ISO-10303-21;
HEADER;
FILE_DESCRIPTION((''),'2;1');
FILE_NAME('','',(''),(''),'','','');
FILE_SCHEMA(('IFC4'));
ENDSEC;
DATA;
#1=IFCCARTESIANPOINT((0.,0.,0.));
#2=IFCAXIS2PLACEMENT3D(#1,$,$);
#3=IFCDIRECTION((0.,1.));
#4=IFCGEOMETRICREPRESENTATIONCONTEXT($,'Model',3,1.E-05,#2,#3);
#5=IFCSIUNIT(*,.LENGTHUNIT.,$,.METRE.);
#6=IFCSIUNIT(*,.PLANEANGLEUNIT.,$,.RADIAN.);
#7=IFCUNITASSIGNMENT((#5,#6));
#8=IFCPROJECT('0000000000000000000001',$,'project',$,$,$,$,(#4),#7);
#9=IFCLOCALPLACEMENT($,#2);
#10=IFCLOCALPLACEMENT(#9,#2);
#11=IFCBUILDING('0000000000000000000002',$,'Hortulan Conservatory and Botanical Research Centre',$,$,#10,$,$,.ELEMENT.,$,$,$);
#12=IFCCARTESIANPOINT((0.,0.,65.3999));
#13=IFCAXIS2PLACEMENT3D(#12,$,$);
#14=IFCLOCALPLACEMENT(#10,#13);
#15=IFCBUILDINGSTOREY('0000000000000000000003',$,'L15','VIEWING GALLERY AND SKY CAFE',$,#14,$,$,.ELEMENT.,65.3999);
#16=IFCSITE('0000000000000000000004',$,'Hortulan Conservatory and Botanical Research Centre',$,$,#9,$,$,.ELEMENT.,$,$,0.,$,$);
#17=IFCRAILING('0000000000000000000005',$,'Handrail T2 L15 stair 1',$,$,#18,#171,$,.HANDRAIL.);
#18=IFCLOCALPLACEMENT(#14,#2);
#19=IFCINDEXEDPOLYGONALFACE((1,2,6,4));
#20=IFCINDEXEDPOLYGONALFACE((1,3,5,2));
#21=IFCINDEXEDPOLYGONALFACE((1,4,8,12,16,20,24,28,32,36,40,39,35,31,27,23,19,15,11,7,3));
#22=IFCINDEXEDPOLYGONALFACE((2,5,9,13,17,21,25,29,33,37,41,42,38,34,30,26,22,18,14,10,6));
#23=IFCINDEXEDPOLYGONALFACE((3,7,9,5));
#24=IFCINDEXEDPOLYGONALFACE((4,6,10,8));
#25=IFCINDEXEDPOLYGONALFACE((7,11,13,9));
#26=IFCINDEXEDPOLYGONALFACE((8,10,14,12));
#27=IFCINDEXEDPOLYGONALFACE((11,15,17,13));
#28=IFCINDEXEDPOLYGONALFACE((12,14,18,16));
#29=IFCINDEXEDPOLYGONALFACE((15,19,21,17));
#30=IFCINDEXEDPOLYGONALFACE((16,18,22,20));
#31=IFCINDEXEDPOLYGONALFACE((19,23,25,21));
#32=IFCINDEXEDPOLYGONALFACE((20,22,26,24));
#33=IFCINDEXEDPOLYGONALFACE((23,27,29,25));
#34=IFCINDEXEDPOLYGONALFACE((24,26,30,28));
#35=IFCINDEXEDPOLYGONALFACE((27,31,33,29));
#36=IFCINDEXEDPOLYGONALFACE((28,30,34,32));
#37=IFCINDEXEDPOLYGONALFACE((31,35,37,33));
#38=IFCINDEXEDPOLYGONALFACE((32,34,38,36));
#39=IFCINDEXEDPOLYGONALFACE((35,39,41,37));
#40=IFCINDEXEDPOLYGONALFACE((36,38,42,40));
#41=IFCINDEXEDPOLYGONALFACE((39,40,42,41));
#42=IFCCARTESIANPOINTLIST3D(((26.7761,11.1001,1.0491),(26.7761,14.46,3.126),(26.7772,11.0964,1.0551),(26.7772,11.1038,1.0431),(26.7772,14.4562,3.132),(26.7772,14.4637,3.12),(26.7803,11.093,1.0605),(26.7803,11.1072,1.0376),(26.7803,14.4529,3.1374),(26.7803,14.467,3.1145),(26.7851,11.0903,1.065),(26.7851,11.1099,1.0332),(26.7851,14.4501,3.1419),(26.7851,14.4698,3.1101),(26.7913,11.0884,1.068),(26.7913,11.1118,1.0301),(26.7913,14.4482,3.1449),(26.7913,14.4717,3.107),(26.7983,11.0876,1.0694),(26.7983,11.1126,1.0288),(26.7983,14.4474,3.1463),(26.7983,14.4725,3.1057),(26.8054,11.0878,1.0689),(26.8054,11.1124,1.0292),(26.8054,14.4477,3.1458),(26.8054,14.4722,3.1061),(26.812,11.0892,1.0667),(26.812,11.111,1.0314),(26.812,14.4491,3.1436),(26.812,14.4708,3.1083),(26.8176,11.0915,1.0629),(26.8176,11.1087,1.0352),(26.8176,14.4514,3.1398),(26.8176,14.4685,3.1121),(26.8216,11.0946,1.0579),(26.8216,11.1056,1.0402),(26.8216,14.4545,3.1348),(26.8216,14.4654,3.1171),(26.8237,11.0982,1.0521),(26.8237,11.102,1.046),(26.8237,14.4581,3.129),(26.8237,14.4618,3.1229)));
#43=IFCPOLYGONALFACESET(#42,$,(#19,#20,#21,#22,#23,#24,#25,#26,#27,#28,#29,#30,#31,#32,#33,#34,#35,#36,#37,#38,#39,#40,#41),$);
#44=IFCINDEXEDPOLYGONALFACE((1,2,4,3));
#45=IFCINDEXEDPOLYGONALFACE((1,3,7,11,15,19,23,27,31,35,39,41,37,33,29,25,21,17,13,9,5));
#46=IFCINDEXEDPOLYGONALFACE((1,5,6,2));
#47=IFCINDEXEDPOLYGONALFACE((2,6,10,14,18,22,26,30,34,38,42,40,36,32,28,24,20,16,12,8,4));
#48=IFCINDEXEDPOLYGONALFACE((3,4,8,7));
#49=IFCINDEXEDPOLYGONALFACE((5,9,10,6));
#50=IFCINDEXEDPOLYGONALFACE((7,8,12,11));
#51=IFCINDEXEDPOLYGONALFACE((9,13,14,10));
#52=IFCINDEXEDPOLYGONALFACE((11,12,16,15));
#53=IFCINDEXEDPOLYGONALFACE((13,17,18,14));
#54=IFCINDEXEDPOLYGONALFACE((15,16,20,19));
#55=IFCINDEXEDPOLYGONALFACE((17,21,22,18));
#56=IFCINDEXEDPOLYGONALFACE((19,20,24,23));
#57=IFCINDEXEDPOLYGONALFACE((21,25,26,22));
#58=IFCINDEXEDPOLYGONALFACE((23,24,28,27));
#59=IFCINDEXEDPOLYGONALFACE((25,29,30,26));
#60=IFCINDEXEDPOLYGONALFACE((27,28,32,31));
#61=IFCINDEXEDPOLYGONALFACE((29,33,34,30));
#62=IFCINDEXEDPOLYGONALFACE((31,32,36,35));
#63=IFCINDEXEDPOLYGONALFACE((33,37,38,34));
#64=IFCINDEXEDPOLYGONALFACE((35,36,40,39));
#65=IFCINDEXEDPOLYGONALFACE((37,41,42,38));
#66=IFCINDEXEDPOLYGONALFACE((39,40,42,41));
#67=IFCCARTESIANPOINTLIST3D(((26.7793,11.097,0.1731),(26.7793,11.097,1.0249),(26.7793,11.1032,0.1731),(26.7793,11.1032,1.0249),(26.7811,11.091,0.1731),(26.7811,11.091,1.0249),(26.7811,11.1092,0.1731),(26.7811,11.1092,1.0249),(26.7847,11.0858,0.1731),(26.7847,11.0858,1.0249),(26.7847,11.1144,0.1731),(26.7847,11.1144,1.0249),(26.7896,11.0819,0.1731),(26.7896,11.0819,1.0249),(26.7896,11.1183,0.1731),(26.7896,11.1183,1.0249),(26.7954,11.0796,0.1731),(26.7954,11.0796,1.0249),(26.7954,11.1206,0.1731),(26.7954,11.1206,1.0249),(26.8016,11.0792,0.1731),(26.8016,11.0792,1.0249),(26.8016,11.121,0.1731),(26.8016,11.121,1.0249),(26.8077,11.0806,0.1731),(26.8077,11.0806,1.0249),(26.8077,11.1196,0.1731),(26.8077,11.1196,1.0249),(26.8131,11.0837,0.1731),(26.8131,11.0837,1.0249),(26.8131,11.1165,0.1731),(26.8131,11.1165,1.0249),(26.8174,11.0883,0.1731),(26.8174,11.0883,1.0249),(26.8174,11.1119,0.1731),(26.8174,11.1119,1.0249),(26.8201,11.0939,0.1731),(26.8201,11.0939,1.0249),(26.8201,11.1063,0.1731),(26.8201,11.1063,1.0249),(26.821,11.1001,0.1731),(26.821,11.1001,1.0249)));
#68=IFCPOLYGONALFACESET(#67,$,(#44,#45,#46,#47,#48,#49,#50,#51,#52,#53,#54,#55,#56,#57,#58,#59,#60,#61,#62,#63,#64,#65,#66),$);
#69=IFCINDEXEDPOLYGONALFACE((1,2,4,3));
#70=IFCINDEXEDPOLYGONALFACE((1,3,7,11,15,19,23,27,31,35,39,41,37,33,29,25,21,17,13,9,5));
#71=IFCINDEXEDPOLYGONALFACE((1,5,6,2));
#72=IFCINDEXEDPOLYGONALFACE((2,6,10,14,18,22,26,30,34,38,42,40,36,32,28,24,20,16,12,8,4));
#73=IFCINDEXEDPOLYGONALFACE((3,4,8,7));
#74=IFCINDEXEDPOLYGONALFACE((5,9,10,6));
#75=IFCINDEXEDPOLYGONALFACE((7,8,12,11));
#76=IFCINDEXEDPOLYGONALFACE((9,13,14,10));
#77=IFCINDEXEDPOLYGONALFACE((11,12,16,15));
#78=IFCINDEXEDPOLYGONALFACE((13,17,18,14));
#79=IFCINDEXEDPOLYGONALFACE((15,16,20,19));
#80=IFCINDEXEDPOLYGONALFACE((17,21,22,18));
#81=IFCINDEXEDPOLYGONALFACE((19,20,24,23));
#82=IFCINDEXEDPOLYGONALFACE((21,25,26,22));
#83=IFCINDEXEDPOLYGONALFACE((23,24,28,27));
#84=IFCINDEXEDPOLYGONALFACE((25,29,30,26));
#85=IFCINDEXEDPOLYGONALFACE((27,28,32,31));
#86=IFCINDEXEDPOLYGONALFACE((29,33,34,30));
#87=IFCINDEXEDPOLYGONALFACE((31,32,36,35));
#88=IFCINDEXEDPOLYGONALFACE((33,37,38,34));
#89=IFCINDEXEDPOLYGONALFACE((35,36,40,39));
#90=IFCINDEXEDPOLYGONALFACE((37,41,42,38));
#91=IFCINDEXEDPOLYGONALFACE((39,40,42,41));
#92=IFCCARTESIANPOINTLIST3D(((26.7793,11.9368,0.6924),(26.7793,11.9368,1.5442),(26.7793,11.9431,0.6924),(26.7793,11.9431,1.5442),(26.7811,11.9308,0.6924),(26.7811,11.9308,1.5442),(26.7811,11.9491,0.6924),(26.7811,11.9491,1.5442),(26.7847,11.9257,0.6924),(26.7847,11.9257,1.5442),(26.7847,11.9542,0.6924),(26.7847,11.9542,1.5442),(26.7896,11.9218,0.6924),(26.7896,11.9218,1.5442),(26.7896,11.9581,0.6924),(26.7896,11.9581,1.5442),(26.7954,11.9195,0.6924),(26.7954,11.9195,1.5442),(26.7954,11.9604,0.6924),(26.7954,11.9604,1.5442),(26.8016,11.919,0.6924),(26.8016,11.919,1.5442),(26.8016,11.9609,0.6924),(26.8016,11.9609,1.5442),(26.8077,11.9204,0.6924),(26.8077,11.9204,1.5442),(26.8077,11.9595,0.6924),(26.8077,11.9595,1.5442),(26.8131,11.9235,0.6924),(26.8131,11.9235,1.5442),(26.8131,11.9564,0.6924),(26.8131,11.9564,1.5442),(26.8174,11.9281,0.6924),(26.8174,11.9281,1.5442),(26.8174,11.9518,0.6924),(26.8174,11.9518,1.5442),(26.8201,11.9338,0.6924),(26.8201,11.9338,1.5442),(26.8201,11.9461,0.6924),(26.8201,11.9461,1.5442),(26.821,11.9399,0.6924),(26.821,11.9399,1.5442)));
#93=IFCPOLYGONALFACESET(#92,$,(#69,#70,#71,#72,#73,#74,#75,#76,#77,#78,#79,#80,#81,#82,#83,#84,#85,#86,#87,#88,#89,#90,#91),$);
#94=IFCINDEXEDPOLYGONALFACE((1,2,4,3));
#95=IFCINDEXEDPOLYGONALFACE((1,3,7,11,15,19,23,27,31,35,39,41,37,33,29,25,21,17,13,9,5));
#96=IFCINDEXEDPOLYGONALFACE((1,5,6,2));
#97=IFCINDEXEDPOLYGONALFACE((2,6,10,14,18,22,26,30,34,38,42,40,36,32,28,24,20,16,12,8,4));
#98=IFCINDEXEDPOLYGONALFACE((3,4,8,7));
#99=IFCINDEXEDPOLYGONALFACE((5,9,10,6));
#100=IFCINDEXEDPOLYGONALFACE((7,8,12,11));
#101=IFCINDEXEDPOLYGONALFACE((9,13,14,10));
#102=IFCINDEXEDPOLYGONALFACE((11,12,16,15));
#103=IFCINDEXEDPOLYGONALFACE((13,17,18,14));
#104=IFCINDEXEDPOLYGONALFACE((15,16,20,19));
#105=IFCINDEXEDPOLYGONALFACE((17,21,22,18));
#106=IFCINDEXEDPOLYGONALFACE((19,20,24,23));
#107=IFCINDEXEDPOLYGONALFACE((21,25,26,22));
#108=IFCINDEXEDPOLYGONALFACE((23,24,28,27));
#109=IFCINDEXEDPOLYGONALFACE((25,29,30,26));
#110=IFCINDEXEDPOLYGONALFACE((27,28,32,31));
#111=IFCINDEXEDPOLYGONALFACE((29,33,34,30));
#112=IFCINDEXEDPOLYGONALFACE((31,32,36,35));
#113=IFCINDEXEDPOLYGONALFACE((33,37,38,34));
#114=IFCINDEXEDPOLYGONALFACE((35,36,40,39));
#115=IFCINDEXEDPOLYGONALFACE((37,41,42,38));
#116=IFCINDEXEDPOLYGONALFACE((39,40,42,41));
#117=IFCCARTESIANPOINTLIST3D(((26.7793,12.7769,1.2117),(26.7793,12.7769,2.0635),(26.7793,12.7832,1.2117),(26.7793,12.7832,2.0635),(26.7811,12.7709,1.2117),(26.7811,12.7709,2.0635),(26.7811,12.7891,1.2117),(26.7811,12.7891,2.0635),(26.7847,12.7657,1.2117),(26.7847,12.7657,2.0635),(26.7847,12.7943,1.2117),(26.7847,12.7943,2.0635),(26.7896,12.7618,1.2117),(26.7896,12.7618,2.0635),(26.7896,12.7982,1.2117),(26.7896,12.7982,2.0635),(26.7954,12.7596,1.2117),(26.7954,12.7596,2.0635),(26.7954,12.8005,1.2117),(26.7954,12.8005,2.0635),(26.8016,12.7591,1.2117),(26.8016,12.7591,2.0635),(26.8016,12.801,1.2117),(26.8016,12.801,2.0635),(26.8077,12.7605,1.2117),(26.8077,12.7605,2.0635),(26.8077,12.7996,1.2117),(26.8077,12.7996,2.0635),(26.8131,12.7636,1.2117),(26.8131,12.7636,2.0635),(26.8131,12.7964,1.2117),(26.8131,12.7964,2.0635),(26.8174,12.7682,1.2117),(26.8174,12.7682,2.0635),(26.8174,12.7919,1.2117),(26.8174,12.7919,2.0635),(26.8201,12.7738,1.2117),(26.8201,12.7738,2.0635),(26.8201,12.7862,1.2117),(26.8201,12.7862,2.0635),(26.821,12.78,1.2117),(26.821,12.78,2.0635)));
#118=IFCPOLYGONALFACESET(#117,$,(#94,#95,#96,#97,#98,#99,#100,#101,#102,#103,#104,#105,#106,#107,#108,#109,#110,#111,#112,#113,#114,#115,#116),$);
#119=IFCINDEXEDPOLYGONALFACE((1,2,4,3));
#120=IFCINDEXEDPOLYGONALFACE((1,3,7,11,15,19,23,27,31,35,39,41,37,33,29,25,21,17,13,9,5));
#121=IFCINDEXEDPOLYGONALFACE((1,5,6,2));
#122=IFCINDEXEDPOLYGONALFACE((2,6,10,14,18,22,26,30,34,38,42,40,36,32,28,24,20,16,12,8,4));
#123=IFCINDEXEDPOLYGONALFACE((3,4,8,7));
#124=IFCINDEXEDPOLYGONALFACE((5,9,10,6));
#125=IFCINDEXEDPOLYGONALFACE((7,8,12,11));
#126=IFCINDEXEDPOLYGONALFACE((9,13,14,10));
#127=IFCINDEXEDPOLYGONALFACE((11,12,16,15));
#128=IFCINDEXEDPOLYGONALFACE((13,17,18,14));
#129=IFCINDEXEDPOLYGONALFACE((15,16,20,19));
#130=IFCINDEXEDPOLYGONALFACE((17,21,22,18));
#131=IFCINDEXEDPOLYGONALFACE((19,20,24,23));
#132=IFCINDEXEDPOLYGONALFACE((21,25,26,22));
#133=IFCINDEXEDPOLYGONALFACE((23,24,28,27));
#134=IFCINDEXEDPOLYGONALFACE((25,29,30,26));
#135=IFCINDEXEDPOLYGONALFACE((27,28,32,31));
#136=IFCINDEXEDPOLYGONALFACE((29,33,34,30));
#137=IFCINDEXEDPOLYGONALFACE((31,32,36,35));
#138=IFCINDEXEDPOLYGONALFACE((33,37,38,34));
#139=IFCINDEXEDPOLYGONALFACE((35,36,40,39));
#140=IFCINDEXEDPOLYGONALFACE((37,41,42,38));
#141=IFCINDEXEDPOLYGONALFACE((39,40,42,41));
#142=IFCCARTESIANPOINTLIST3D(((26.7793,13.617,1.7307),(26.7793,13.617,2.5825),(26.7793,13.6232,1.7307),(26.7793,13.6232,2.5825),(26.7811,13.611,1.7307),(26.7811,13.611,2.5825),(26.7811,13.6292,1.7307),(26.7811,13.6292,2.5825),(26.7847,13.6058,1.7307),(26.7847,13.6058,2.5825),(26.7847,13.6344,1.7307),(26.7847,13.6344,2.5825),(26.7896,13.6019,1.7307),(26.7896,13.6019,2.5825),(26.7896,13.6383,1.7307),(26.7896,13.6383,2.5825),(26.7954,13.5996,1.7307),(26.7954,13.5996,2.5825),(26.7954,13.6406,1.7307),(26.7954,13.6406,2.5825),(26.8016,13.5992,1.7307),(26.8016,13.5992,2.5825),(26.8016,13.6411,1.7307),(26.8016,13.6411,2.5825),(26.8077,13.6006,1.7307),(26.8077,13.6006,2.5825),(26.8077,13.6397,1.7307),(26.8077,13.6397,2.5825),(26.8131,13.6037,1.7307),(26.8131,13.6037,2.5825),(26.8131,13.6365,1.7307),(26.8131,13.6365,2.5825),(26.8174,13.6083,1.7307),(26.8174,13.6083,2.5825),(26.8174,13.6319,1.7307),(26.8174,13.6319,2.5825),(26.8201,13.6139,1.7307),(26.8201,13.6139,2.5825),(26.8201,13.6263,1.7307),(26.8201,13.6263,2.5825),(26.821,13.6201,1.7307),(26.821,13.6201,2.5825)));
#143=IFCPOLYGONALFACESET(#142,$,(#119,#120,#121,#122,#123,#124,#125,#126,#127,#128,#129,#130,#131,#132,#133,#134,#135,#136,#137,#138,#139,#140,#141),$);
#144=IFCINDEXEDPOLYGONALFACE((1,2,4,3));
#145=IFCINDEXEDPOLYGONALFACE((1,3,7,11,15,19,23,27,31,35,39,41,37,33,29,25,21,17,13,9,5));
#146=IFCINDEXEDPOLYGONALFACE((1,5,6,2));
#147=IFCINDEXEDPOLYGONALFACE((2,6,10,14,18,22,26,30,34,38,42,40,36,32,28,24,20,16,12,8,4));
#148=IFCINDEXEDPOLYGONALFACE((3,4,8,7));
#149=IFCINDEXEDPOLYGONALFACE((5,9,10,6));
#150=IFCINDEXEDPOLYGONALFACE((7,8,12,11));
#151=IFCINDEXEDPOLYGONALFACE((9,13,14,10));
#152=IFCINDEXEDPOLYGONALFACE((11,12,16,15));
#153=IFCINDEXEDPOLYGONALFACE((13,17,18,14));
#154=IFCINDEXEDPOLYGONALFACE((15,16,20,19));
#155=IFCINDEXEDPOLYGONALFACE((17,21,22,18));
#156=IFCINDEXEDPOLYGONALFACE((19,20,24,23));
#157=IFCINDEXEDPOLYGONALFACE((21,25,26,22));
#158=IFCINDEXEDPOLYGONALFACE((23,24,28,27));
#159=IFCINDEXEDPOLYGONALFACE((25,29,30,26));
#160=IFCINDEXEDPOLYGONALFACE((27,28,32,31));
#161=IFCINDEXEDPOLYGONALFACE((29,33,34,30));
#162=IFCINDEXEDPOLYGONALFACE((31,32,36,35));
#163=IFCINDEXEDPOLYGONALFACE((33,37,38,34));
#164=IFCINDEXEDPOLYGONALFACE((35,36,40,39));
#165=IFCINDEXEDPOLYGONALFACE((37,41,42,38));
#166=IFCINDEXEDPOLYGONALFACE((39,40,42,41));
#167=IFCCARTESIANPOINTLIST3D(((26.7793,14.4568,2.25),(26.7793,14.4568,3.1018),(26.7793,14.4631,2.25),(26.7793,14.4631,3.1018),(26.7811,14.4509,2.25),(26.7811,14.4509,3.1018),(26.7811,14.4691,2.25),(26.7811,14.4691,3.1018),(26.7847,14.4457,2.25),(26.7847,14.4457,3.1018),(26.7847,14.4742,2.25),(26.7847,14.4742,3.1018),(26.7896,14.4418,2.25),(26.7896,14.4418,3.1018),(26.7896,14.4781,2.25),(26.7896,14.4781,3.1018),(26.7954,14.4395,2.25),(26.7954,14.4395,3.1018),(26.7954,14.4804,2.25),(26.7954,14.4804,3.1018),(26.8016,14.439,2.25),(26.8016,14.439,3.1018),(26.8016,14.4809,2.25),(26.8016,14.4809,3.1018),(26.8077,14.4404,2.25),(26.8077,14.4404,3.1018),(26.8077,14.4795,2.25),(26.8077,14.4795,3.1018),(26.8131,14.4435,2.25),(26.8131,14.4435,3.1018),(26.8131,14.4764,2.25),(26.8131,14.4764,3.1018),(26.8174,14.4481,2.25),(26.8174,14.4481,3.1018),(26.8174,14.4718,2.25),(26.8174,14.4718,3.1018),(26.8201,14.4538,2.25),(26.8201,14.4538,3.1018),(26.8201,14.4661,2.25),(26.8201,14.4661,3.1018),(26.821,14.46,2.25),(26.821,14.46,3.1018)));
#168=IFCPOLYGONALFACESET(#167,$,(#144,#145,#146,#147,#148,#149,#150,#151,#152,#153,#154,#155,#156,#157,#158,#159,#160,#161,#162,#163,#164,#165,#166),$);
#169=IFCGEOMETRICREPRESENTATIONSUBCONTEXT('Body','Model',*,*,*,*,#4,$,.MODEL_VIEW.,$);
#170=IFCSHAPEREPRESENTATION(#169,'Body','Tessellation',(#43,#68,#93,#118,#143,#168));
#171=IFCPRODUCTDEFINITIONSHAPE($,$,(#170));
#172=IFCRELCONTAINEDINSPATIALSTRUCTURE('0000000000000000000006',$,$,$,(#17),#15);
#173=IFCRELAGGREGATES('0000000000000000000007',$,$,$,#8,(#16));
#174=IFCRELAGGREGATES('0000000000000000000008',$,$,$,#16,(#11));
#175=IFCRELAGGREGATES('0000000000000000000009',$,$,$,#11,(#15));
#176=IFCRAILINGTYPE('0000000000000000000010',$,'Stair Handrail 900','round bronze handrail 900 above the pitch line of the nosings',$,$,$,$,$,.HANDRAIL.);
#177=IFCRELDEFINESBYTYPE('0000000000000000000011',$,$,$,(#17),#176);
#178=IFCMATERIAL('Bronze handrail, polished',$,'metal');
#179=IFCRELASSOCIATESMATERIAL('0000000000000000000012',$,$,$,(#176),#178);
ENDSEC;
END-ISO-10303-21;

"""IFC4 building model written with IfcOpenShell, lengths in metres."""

from ifc_helpers import new_model, si_unit, direction, frame, origin, origin_2d, place, context, subcontext, project, spatial, circle, extrude, material, type_object, element, save


model = new_model("IFC4")

# Units and contexts
model_context = context("Model", 3, precision=1e-05, world=origin(), true_north=direction((0.0, 1.0)))
body_context = subcontext(model_context, "Body", "Model", "MODEL_VIEW")
ifc_project = project(units=[si_unit("LENGTHUNIT", "METRE"), si_unit("PLANEANGLEUNIT", "RADIAN")], contexts=[model_context])

# Site, building, storey
site_placement = place(None, origin())
site = spatial("IfcSite", under=ifc_project, at=site_placement, Name="Hortulan Conservatory and Botanical Research Centre", CompositionType="ELEMENT", RefElevation=0.0)
building_placement = place(site_placement, origin())
building = spatial("IfcBuilding", under=site, at=building_placement, Name="Hortulan Conservatory and Botanical Research Centre", CompositionType="ELEMENT")
storey_placement = place(building_placement, frame((0.0, 0.0, 65.3999)))
storey = spatial("IfcBuildingStorey", under=building, at=storey_placement, Name="L15", Description="VIEWING GALLERY AND SKY CAFE", CompositionType="ELEMENT", Elevation=65.3999)

# Railing
ifc_material_1 = material(Name="Bronze handrail, polished", Category="metal")
railing_type_1 = type_object("IfcRailingType", Name="Stair Handrail 900", Description="round bronze handrail 900 above the pitch line of the nosings", PredefinedType="HANDRAIL", material=ifc_material_1)
for number, where, name in (
    (1, (26.8, 11.1001, 0.1731), "Handrail T2 L15 stair 1"),
):
    element("IfcRailing", number, at=place(storey_placement, frame(where)), inside=storey, type_object=railing_type_1, Name=name, PredefinedType="HANDRAIL", context=body_context, shape_type="SweptSolid", body=[
        extrude(circle(Radius=0.0239, at=origin_2d()), frame((0.0, 0.0, 0.876), z_axis=(0.0, 0.850606, 0.525803), x_axis=(-1.0, 0.0, 0.0)), (0.0, 0.0, 1.0), 3.95),
        extrude(circle(Radius=0.021, at=origin_2d()), origin(), (0.0, 0.0, 1.0), 0.8518),
        extrude(circle(Radius=0.021, at=origin_2d()), frame((0.0, 0.8398, 0.5193)), (0.0, 0.0, 1.0), 0.8518),
        extrude(circle(Radius=0.021, at=origin_2d()), frame((0.0, 1.6799, 1.0386)), (0.0, 0.0, 1.0), 0.8518),
        extrude(circle(Radius=0.021, at=origin_2d()), frame((0.0, 2.52, 1.5576)), (0.0, 0.0, 1.0), 0.8518),
        extrude(circle(Radius=0.021, at=origin_2d()), frame((0.0, 3.3599, 2.0769)), (0.0, 0.0, 1.0), 0.8518),
    ])

save(model, "model.ifc")
